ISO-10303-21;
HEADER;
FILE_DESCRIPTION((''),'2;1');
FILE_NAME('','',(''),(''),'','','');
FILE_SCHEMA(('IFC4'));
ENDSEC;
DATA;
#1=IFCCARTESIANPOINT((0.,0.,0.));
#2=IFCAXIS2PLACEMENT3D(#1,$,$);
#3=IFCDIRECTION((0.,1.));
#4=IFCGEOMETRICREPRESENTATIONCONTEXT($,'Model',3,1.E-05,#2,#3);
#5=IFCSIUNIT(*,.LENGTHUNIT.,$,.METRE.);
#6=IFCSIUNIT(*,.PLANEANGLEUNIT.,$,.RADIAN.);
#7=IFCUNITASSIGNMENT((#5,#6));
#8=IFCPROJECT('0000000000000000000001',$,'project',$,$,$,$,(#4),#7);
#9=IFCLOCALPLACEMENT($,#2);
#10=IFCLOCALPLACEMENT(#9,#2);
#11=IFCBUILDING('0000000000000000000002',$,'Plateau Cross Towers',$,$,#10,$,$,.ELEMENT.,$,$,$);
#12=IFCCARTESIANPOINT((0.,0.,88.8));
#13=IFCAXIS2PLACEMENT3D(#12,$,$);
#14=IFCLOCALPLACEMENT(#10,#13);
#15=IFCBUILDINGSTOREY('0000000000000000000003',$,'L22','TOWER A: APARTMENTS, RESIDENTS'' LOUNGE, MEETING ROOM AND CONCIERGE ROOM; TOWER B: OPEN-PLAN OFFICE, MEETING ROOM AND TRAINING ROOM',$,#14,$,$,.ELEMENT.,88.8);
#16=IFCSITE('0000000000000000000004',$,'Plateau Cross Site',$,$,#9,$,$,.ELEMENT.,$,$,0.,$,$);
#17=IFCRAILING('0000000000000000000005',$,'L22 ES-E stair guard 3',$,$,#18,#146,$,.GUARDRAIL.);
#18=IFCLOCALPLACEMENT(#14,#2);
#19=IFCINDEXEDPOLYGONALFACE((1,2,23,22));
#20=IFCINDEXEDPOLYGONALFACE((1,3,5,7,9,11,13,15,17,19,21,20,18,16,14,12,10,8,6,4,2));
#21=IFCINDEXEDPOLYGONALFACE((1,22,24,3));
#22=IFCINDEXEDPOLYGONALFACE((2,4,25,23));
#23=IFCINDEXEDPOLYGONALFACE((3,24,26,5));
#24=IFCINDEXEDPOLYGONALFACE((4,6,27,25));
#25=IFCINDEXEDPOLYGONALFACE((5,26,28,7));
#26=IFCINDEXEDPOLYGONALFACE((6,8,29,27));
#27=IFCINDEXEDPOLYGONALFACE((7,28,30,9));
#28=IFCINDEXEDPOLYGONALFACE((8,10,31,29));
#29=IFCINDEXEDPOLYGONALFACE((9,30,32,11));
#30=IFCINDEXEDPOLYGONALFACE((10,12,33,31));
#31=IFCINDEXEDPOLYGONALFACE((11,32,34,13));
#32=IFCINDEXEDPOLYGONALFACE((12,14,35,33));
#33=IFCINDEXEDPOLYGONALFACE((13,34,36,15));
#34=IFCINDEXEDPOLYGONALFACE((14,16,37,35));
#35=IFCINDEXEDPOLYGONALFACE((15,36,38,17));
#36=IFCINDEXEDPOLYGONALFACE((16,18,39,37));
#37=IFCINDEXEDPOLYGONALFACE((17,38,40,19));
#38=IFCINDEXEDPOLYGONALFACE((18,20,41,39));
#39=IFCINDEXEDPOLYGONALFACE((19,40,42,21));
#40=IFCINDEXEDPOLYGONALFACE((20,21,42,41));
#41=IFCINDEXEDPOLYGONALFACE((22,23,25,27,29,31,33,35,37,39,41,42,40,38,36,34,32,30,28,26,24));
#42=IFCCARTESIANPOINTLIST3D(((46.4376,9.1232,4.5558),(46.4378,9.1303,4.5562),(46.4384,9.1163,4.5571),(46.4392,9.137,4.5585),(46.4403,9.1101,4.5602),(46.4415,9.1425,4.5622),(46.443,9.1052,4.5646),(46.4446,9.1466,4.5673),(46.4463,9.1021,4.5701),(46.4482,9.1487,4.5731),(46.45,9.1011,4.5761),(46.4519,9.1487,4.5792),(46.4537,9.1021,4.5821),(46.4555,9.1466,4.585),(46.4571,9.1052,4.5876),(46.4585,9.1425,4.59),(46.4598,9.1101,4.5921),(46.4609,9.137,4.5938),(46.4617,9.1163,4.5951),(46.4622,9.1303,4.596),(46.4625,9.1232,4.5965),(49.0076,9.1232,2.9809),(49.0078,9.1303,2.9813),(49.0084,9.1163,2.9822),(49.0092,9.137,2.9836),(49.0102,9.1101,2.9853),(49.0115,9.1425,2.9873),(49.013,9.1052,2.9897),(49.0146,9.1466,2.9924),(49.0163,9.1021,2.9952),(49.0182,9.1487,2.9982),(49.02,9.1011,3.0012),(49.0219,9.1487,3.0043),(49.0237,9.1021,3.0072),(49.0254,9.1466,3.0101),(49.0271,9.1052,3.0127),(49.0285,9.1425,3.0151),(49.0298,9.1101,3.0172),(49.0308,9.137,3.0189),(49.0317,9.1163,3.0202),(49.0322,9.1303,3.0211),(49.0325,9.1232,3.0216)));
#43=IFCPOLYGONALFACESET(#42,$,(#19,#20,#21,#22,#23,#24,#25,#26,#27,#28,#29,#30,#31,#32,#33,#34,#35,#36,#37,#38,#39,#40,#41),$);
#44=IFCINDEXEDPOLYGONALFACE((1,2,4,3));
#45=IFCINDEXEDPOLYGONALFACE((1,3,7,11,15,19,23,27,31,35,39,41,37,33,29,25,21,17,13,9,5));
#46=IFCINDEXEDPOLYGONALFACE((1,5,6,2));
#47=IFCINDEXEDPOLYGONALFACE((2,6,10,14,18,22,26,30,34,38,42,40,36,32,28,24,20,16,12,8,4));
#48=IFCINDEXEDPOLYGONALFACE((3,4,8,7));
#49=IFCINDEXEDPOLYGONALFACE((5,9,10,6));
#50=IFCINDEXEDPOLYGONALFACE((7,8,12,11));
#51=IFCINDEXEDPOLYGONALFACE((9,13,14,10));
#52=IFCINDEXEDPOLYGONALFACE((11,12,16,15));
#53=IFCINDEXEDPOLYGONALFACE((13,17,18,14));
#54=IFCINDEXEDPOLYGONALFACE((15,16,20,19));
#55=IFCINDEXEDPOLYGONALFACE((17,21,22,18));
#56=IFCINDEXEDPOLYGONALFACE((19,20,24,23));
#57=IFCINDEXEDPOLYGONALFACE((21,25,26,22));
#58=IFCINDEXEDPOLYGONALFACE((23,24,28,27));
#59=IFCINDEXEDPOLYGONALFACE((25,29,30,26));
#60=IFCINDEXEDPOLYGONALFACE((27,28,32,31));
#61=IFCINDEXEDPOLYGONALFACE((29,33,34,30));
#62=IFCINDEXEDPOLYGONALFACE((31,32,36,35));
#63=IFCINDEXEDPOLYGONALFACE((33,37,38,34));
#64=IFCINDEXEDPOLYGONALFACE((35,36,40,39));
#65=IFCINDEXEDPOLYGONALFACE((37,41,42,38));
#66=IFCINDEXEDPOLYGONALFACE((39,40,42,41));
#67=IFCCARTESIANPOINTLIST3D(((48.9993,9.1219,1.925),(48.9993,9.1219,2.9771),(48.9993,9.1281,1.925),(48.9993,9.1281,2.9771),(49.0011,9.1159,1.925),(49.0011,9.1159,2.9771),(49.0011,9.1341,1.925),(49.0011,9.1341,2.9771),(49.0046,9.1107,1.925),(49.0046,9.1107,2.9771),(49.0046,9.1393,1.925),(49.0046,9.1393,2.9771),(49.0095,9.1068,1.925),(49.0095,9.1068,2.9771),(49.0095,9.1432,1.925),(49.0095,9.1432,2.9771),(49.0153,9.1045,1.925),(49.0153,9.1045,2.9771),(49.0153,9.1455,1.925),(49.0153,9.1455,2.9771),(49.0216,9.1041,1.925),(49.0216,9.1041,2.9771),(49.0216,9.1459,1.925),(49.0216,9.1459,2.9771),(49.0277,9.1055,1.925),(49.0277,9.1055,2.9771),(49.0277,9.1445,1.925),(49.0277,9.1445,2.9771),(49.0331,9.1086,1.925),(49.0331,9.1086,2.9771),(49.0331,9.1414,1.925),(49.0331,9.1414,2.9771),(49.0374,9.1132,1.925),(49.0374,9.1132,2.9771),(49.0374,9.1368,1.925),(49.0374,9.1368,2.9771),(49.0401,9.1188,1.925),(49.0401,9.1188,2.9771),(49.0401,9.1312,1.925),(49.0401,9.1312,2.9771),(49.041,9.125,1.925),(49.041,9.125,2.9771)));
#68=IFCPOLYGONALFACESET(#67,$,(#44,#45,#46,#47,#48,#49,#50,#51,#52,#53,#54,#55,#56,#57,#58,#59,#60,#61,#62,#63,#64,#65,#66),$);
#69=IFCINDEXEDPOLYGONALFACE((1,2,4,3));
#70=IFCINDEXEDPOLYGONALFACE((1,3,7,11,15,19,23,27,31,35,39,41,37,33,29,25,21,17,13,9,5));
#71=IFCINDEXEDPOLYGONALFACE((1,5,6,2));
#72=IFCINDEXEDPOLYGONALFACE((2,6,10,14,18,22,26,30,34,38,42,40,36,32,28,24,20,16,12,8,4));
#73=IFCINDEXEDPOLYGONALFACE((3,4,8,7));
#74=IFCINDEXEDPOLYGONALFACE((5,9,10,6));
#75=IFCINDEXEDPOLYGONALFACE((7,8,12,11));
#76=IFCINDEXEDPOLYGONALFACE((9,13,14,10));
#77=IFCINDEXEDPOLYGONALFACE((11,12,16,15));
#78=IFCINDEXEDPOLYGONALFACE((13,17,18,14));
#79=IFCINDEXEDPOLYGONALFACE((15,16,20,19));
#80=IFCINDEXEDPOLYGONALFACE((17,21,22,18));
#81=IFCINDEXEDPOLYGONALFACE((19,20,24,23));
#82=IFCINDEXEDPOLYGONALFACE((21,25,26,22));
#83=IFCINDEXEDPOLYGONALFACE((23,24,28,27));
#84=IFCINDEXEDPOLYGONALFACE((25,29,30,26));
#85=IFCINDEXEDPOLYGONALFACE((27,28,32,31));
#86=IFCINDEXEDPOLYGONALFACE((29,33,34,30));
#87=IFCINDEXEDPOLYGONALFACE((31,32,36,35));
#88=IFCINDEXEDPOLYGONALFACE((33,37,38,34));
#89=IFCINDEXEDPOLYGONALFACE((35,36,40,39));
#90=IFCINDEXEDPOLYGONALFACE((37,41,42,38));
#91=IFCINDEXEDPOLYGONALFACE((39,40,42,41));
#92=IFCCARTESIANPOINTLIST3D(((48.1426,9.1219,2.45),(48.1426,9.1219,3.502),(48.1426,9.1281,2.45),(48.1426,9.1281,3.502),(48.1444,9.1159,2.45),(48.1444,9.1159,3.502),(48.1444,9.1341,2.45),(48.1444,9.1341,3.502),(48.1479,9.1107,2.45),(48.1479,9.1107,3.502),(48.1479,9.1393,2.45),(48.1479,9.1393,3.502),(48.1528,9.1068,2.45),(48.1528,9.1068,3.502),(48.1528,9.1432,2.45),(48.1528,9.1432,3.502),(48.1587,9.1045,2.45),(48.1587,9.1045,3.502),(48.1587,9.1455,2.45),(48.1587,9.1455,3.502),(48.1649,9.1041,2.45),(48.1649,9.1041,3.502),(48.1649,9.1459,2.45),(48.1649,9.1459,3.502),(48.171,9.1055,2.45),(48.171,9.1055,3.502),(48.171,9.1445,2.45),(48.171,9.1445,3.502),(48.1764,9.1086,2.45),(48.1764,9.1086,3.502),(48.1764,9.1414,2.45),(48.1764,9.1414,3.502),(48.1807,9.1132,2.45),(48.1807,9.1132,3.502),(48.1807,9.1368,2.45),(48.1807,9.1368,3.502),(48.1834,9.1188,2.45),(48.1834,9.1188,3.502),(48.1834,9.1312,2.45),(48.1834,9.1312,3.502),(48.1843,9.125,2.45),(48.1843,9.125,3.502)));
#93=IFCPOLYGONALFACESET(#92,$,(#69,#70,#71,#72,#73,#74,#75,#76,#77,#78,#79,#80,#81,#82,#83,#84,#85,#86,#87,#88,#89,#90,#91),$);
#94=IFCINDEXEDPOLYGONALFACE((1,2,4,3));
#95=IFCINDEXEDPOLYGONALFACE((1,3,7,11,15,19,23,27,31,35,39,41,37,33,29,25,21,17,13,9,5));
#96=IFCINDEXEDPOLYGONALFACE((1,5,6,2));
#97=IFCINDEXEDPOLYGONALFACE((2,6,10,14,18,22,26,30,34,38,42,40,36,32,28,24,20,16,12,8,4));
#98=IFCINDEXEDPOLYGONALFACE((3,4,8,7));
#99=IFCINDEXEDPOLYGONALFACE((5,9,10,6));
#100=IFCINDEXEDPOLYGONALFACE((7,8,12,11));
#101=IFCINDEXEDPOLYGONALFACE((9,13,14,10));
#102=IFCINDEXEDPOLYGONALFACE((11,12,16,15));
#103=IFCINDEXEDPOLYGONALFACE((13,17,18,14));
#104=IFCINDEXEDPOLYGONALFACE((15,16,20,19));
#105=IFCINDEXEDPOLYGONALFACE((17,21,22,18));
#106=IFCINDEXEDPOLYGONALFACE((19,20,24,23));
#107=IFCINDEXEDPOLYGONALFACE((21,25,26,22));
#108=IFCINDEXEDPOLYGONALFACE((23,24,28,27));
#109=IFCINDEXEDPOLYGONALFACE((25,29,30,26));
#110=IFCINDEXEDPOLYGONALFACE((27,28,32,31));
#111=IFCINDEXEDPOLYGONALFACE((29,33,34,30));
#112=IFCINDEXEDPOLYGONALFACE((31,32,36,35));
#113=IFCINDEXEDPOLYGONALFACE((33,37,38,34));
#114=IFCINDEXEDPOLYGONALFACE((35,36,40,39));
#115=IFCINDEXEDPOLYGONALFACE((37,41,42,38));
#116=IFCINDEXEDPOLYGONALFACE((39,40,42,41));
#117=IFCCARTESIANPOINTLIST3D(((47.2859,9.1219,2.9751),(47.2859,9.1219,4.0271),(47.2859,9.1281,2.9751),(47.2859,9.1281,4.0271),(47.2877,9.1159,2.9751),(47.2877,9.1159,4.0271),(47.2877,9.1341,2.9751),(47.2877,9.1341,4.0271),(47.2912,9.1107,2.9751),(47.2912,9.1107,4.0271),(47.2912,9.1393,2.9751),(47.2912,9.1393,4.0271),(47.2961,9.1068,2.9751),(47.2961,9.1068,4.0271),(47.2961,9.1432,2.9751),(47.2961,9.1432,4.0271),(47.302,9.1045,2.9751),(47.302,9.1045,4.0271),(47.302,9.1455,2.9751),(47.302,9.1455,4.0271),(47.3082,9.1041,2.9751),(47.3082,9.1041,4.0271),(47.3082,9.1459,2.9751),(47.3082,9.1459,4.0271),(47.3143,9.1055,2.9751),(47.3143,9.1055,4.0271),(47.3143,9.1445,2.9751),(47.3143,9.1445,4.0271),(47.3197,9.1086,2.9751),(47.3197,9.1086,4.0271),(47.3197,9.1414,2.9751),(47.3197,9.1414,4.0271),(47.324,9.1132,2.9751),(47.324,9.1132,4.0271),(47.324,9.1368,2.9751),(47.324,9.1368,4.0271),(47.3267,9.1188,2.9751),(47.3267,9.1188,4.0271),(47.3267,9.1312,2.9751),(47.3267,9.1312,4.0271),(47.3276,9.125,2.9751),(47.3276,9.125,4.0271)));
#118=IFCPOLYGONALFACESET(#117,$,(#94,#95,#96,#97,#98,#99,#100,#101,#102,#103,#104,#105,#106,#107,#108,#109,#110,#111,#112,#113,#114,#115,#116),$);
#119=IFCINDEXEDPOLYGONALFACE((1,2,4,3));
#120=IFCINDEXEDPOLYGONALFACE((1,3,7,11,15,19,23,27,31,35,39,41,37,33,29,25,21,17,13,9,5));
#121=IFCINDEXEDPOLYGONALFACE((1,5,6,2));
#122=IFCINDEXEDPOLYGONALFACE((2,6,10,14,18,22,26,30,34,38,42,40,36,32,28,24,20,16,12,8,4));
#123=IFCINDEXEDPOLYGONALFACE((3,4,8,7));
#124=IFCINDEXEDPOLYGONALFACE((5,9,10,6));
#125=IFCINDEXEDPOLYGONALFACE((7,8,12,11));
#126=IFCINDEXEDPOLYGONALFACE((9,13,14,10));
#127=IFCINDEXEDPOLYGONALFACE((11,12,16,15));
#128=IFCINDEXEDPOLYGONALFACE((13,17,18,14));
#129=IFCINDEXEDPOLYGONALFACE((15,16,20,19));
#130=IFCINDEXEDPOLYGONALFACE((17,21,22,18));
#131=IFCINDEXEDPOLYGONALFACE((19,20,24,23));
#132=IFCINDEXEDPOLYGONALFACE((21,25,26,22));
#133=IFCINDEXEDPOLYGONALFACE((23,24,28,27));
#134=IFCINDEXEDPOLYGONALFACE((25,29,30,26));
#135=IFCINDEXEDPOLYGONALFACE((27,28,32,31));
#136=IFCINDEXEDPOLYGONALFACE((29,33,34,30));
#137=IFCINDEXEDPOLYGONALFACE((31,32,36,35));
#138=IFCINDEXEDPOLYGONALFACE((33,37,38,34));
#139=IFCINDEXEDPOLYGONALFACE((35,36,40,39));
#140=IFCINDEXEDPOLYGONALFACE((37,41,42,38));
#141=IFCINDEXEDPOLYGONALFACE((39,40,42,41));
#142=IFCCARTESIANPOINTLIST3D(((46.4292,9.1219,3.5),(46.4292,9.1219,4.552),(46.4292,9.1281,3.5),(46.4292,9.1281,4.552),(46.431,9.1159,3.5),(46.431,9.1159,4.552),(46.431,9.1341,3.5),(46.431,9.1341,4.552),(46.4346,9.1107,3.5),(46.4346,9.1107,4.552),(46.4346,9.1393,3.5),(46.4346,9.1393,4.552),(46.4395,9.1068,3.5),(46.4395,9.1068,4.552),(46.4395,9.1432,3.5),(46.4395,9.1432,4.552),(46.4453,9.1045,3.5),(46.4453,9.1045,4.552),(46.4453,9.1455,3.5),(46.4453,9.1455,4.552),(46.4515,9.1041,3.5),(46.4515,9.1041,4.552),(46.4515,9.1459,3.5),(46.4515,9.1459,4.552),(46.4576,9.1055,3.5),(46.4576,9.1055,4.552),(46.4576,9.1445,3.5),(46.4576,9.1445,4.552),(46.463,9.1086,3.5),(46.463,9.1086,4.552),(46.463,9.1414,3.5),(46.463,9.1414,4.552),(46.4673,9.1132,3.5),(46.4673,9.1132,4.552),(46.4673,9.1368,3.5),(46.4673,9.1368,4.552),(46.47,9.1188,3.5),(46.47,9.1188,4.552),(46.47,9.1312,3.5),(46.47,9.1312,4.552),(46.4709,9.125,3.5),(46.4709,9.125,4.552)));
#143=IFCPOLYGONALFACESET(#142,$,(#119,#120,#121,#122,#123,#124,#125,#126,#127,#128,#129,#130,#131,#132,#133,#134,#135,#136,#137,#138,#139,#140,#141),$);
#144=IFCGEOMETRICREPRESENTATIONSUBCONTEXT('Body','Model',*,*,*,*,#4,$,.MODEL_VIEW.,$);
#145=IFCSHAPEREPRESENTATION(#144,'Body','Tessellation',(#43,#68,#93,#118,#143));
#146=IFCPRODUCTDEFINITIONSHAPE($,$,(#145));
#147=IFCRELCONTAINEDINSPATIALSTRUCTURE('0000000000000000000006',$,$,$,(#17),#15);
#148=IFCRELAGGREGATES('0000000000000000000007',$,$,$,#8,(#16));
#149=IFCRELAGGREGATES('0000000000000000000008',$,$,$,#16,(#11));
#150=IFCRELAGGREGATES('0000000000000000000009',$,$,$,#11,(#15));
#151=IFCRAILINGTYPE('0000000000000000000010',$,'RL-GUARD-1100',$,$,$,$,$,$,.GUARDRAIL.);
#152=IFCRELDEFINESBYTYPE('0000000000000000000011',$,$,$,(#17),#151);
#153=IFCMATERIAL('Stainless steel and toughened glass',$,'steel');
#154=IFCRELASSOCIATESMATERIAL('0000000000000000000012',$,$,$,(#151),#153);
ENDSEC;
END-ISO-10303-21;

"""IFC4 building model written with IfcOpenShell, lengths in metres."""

from ifc_helpers import new_model, si_unit, direction, frame, origin, origin_2d, place, context, subcontext, project, spatial, circle, extrude, material, type_object, element, save


model = new_model("IFC4")

# Units and contexts
model_context = context("Model", 3, precision=1e-05, world=origin(), true_north=direction((0.0, 1.0)))
body_context = subcontext(model_context, "Body", "Model", "MODEL_VIEW")
ifc_project = project(units=[si_unit("LENGTHUNIT", "METRE"), si_unit("PLANEANGLEUNIT", "RADIAN")], contexts=[model_context])

# Site, building, storey
site_placement = place(None, origin())
site = spatial("IfcSite", under=ifc_project, at=site_placement, Name="Plateau Cross Site", CompositionType="ELEMENT", RefElevation=0.0)
building_placement = place(site_placement, origin())
building = spatial("IfcBuilding", under=site, at=building_placement, Name="Plateau Cross Towers", CompositionType="ELEMENT")
storey_placement = place(building_placement, frame((0.0, 0.0, 88.8)))
storey = spatial("IfcBuildingStorey", under=building, at=storey_placement, Name="L22", Description="TOWER A: APARTMENTS, RESIDENTS' LOUNGE, MEETING ROOM AND CONCIERGE ROOM; TOWER B: OPEN-PLAN OFFICE, MEETING ROOM AND TRAINING ROOM", CompositionType="ELEMENT", Elevation=88.8)

# Railing
ifc_material_1 = material(Name="Stainless steel and toughened glass", Category="steel")
railing_type_1 = type_object("IfcRailingType", Name="RL-GUARD-1100", PredefinedType="GUARDRAIL", material=ifc_material_1)
railing_1_placement = place(storey_placement, frame((49.02, 9.125, 1.925)))
element("IfcRailing", 1, at=railing_1_placement, inside=storey, type_object=railing_type_1, Name="L22 ES-E stair guard 3", PredefinedType="GUARDRAIL", context=body_context, shape_type="SweptSolid", body=[
    extrude(circle(Radius=0.0239, at=origin_2d()), frame((0.0, 0.0, 1.0762), z_axis=(-0.852639, 0.0, 0.522501), x_axis=(0.0, -1.0, 0.0)), (0.0, 0.0, 1.0), 3.0142),
    extrude(circle(Radius=0.021, at=origin_2d()), origin(), (0.0, 0.0, 1.0), 1.052),
    extrude(circle(Radius=0.021, at=origin_2d()), frame((-0.8567, 0.0, 0.5249)), (0.0, 0.0, 1.0), 1.052),
    extrude(circle(Radius=0.021, at=origin_2d()), frame((-1.7134, 0.0, 1.05)), (0.0, 0.0, 1.0), 1.052),
    extrude(circle(Radius=0.021, at=origin_2d()), frame((-2.5701, 0.0, 1.575)), (0.0, 0.0, 1.0), 1.052),
])

save(model, "model.ifc")
